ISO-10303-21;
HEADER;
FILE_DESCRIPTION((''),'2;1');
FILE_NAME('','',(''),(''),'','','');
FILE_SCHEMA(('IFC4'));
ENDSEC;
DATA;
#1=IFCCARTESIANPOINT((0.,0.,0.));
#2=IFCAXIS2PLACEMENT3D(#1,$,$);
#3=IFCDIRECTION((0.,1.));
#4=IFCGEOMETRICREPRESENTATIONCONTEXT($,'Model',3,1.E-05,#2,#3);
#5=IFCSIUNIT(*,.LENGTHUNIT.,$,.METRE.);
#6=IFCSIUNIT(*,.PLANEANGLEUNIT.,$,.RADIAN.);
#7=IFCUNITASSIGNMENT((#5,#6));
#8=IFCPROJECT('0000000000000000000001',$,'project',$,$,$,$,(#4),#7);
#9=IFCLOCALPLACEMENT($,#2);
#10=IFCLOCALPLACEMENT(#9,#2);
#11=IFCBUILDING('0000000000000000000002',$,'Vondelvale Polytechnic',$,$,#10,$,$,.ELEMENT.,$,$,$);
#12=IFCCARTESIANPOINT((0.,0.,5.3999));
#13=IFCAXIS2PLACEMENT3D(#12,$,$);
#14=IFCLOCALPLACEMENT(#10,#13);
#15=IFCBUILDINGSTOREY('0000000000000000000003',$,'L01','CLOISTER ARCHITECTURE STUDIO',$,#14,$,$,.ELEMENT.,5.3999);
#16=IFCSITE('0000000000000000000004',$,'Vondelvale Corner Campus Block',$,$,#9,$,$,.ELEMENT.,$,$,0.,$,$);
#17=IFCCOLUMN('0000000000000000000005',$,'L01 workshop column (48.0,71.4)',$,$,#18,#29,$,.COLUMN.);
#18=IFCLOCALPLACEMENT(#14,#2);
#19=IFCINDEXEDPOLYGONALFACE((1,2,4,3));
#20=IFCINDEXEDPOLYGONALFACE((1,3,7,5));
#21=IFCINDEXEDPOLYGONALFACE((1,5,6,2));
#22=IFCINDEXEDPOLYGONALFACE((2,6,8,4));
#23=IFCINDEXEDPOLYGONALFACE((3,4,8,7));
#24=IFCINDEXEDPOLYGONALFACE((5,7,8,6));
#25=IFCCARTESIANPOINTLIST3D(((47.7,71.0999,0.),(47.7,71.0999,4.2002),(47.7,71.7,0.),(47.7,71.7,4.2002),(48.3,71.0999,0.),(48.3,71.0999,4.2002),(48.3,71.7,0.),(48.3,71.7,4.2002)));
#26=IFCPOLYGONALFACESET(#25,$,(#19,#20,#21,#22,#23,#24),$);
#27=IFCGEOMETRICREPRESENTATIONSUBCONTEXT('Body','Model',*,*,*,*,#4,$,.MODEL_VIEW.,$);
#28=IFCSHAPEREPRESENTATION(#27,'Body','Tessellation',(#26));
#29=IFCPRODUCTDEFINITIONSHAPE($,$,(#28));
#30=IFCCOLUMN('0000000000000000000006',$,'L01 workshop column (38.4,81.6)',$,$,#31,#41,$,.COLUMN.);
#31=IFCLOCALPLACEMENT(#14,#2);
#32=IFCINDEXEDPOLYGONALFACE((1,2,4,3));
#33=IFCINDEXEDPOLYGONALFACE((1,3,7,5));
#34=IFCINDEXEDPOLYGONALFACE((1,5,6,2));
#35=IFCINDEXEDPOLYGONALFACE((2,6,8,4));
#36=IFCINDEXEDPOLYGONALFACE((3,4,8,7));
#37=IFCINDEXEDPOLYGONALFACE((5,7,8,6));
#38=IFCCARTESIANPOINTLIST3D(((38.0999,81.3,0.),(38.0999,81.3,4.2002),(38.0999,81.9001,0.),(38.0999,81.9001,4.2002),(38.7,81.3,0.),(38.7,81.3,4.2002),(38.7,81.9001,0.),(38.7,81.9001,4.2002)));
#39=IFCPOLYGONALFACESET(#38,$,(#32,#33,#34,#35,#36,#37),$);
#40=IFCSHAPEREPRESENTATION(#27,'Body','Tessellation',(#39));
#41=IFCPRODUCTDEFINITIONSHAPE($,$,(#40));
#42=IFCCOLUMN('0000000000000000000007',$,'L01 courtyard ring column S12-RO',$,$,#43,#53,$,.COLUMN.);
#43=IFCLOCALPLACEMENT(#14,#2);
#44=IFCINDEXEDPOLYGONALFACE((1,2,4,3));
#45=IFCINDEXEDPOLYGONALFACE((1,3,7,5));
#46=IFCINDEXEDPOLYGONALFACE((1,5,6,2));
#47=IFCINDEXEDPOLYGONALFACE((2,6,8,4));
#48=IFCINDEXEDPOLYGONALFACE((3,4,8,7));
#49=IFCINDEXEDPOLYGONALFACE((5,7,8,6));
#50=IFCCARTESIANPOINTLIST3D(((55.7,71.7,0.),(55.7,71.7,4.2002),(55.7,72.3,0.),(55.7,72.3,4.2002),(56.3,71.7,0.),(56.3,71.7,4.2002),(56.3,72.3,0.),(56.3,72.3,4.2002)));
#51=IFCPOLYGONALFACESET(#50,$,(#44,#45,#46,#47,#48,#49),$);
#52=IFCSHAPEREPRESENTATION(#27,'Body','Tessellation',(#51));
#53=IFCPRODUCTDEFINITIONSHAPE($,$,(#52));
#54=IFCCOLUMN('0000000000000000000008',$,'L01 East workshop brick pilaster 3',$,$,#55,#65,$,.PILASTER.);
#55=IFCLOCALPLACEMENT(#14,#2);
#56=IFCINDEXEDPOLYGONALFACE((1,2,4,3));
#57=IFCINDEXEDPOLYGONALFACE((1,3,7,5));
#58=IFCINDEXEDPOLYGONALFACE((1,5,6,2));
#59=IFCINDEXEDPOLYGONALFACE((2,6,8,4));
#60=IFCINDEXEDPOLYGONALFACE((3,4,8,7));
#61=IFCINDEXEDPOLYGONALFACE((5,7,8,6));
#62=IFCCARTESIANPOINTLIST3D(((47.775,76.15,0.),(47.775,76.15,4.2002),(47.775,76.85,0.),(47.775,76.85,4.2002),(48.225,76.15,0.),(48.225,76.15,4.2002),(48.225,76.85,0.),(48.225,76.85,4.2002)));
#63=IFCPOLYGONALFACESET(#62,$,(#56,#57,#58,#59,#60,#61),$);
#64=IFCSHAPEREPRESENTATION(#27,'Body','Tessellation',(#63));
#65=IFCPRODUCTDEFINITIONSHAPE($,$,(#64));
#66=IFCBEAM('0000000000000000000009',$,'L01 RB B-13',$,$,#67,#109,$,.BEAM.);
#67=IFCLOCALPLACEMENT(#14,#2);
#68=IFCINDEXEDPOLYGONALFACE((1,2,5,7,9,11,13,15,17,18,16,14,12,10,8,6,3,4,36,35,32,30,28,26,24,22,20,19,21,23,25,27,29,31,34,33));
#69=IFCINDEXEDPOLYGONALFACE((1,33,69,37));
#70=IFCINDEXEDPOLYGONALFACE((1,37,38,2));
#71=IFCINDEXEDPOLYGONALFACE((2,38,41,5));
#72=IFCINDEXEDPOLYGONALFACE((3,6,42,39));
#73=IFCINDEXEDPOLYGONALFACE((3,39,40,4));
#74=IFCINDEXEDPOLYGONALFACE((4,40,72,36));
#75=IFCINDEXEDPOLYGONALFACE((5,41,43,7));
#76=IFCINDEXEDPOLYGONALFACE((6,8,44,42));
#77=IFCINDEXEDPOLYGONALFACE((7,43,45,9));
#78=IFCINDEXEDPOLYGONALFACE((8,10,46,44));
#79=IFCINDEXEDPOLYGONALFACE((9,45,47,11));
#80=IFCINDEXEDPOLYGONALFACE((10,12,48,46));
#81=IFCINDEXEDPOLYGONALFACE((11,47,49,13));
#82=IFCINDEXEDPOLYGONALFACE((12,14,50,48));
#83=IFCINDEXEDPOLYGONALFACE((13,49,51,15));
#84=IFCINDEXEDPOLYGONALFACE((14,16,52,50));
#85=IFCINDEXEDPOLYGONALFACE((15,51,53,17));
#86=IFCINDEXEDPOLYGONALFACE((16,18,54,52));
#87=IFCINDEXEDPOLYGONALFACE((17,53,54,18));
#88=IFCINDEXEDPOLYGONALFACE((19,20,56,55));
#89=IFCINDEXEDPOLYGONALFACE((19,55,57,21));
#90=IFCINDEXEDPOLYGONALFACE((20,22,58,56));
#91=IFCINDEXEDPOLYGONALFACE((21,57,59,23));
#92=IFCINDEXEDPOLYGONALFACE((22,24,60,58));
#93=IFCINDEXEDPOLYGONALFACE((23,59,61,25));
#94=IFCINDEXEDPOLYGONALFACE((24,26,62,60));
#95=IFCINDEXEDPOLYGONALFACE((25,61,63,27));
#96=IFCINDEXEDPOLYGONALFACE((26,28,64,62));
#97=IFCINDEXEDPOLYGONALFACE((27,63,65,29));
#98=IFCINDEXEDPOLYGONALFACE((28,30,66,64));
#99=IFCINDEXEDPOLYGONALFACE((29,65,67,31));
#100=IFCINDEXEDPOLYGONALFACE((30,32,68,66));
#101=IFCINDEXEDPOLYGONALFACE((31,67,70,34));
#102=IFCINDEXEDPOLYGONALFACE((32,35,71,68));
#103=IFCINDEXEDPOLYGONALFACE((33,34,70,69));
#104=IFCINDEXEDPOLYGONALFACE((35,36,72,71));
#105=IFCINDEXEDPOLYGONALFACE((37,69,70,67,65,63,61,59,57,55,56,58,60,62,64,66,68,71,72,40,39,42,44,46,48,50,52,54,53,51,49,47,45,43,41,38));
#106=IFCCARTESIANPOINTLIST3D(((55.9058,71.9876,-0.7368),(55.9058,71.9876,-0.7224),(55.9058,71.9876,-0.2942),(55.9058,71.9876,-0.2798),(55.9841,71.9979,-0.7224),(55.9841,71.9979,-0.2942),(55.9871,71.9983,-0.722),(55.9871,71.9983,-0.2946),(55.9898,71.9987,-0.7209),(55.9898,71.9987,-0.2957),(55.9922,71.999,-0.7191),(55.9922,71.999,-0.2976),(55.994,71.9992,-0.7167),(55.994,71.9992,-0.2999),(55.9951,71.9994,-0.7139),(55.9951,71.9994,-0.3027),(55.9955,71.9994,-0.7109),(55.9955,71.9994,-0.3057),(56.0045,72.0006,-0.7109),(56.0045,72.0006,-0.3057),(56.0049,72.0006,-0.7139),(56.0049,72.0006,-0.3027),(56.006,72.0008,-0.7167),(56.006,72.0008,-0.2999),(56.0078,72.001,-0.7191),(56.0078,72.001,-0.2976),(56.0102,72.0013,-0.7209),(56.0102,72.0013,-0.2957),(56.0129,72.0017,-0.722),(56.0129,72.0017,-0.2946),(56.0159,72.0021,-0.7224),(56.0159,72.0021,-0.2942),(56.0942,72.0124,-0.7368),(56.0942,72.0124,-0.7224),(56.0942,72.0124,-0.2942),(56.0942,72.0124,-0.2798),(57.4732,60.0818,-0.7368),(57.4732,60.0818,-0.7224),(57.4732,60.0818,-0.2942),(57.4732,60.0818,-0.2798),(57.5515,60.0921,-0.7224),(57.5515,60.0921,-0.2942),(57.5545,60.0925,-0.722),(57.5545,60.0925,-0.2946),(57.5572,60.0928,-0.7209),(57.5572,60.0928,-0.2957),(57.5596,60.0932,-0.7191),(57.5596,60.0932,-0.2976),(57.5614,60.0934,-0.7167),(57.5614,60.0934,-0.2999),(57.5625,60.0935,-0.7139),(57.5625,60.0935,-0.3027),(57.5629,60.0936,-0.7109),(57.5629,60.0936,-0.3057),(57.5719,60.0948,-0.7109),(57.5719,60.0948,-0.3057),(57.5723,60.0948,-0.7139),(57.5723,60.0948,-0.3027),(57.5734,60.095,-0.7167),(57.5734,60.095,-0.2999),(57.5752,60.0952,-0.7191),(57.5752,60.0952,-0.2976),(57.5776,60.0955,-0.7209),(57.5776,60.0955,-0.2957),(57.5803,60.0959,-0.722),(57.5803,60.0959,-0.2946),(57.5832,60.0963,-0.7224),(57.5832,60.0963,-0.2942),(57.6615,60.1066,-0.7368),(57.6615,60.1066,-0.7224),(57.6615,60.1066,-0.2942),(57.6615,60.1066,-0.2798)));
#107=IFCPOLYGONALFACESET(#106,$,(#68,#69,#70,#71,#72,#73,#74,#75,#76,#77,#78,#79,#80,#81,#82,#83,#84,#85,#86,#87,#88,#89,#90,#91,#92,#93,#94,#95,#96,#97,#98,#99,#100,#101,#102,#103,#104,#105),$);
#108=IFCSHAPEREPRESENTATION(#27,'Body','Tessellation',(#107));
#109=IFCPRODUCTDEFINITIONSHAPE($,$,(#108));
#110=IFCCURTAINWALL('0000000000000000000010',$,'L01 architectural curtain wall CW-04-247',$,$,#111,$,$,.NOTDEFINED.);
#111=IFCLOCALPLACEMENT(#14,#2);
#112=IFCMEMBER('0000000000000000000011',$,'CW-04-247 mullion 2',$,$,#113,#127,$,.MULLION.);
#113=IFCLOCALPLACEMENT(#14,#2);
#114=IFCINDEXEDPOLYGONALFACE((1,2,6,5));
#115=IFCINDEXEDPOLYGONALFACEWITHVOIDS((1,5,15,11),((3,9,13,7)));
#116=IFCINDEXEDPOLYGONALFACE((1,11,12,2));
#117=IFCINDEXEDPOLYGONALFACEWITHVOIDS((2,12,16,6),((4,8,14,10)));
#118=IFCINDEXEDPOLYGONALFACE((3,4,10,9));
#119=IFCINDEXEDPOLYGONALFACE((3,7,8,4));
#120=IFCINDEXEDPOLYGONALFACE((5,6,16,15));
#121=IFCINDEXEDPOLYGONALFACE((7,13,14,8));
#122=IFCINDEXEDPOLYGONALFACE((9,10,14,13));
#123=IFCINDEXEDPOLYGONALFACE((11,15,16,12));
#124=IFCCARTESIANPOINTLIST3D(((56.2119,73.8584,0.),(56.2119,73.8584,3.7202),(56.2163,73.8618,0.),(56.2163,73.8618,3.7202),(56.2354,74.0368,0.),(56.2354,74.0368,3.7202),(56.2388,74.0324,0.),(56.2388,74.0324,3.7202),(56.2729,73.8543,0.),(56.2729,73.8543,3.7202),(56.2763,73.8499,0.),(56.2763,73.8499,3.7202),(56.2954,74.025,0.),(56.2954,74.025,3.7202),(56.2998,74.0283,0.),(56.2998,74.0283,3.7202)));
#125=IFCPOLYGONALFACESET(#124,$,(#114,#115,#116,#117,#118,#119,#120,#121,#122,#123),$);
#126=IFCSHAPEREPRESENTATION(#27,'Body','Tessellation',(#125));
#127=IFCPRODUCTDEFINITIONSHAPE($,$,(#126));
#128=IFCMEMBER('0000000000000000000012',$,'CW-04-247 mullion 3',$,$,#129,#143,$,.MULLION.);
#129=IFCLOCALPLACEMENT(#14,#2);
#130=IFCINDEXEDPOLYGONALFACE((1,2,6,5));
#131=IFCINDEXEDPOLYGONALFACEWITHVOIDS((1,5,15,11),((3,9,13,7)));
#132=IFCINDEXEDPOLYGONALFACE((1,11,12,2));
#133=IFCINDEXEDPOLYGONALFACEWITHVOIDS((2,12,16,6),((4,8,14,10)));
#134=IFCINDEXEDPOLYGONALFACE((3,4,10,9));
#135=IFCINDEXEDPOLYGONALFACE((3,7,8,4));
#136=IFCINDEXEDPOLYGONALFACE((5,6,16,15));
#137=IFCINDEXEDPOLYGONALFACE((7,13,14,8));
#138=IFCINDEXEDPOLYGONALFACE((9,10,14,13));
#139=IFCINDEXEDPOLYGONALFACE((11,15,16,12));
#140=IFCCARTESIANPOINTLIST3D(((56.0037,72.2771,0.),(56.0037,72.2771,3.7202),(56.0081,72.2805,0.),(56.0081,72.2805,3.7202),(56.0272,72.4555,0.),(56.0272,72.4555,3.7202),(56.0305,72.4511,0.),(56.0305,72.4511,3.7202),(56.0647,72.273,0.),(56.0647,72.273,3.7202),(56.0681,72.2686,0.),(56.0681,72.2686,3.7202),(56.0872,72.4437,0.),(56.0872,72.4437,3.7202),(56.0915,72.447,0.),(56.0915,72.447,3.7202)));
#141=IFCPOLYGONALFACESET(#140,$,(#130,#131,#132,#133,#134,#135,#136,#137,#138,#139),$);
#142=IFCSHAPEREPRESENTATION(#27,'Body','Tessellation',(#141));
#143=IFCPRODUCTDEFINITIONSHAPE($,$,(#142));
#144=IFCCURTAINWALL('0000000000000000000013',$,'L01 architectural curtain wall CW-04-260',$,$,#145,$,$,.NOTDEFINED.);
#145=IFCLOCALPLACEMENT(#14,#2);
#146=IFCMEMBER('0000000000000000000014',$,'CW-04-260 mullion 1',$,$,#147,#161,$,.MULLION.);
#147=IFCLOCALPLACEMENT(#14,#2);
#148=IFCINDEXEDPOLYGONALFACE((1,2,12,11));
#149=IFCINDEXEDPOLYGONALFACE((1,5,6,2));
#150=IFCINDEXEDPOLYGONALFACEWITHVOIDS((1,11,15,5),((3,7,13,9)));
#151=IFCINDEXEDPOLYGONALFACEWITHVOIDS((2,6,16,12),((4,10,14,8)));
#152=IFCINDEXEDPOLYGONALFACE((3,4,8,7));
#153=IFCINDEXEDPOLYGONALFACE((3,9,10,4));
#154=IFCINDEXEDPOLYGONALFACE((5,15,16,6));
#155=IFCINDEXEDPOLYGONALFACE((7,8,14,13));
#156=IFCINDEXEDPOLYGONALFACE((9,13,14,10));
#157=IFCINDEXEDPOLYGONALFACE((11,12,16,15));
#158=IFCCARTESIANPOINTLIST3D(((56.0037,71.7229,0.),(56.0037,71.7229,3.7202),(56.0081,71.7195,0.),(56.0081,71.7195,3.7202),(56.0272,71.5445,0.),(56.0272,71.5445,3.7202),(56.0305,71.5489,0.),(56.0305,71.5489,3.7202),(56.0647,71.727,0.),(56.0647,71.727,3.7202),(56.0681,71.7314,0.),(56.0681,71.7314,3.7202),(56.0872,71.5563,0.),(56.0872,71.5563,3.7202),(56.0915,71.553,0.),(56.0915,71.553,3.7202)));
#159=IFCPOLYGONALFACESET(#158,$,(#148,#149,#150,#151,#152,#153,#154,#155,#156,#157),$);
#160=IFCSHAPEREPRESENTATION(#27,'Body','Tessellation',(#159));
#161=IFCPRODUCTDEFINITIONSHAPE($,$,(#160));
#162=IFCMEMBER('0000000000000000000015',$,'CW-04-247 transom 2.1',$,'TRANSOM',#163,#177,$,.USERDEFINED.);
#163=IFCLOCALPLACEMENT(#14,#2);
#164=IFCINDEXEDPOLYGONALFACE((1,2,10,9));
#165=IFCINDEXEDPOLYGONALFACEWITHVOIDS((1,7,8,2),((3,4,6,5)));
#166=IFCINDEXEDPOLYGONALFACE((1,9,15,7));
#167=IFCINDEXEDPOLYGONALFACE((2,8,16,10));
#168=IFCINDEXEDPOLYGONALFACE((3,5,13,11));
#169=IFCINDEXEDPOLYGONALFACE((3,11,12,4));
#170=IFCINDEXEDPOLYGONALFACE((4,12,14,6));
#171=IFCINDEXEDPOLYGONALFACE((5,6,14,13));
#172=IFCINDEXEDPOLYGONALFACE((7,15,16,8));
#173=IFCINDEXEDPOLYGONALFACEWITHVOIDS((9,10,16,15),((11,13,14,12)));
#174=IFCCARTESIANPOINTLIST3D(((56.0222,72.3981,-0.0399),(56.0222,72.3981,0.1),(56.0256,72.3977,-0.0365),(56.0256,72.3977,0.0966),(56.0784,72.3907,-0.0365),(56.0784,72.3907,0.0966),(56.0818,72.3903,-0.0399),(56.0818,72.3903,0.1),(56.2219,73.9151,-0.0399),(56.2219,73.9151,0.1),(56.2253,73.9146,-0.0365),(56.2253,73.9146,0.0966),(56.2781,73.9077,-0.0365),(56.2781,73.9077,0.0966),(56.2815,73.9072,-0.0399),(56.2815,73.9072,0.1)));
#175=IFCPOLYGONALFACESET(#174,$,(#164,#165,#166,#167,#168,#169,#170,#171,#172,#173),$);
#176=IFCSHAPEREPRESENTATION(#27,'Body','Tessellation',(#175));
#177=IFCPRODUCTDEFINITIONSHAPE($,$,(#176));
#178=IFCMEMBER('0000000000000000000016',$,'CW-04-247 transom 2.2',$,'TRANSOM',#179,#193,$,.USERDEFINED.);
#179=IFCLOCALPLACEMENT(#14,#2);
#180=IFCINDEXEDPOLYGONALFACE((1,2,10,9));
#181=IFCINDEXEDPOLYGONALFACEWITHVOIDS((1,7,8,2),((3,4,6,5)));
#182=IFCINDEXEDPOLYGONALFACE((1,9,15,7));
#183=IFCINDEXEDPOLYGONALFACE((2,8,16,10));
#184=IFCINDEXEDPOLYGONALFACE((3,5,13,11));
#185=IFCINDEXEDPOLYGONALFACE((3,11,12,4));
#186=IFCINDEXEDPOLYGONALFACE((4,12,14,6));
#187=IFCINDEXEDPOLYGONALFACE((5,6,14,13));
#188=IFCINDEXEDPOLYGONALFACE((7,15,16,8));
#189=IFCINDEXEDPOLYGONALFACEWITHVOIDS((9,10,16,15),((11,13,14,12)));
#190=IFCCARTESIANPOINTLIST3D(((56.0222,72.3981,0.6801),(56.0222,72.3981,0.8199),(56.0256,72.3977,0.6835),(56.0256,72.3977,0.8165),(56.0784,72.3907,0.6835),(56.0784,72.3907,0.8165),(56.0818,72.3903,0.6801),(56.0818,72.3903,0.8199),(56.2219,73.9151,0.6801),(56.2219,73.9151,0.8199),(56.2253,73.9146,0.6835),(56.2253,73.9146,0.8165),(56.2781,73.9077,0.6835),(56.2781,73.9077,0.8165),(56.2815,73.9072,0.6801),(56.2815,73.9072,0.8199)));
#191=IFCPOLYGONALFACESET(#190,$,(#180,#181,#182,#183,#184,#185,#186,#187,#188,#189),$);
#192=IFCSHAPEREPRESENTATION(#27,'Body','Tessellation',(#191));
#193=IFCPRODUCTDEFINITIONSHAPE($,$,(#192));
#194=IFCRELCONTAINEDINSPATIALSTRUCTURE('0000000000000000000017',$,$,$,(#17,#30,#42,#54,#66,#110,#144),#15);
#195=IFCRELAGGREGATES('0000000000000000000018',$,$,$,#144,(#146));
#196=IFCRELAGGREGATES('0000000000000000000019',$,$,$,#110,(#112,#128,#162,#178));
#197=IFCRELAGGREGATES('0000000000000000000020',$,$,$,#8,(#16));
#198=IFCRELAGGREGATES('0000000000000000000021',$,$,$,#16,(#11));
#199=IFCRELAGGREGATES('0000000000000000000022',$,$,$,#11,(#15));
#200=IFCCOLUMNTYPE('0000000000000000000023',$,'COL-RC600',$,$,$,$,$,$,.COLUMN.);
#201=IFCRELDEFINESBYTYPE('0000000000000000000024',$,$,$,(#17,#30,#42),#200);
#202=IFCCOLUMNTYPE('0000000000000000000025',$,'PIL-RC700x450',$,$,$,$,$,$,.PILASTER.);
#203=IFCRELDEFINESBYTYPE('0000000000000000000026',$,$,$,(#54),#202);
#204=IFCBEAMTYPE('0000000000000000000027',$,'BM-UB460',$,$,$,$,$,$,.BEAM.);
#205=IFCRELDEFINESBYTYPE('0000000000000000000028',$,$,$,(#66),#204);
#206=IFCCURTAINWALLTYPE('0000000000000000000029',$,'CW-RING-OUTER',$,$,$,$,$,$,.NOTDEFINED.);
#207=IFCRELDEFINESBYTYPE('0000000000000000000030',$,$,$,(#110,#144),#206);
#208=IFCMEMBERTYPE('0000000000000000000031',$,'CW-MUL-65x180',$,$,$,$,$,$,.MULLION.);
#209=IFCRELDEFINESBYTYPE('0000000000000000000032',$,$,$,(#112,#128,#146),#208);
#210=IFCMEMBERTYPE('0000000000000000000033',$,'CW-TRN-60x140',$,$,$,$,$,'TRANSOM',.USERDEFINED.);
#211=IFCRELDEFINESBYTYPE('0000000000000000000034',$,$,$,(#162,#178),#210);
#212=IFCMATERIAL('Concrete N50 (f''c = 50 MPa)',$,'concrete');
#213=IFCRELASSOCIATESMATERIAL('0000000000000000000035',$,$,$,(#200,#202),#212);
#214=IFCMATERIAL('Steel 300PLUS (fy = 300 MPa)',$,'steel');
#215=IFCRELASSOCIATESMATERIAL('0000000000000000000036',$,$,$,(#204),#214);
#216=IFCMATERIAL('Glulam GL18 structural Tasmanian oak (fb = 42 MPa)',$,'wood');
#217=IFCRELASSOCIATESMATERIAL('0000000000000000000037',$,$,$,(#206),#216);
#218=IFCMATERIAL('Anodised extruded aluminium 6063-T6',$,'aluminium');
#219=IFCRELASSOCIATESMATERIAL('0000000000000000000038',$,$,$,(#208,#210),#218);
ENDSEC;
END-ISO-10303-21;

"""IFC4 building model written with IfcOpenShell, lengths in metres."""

from ifc_helpers import new_model, si_unit, direction, frame, origin, origin_2d, place, context, subcontext, project, spatial, rectangle, hollow_rectangle, i_section, extrude, material, material_profile, profile_set, type_object, element, aggregate, save


model = new_model("IFC4")

# Units and contexts
model_context = context("Model", 3, precision=1e-05, world=origin(), true_north=direction((0.0, 1.0)))
body_context = subcontext(model_context, "Body", "Model", "MODEL_VIEW")
ifc_project = project(units=[si_unit("LENGTHUNIT", "METRE"), si_unit("PLANEANGLEUNIT", "RADIAN")], contexts=[model_context])

# Site, building, storey
site_placement = place(None, origin())
site = spatial("IfcSite", under=ifc_project, at=site_placement, Name="Vondelvale Corner Campus Block", CompositionType="ELEMENT", RefElevation=0.0)
building_placement = place(site_placement, origin())
building = spatial("IfcBuilding", under=site, at=building_placement, Name="Vondelvale Polytechnic", CompositionType="ELEMENT")
storey_placement = place(building_placement, frame((0.0, 0.0, 5.3999)))
storey = spatial("IfcBuildingStorey", under=building, at=storey_placement, Name="L01", Description="CLOISTER ARCHITECTURE STUDIO", CompositionType="ELEMENT", Elevation=5.3999)

# Columns
ifc_material_1 = material(Name="Concrete N50 (f'c = 50 MPa)", Category="concrete")
ifc_material_profile_1 = material_profile(ifc_material_1, rectangle(XDim=0.6001, YDim=0.6001, at=origin_2d()), Name="RC-COL-600x600")
ifc_profile_set_1 = profile_set([ifc_material_profile_1], Name="Concrete N50 (f'c = 50 MPa)")
column_type_1 = type_object("IfcColumnType", Name="COL-RC600", PredefinedType="COLUMN", material=ifc_profile_set_1)
for number, where, z_axis, x_axis, name in (
    (1, (48.0, 71.3999, 0.0), (0.0, 0.0, 1.0), (1.0, 0.0, 0.0), "L01 workshop column (48.0,71.4)"),
    (2, (38.3999, 81.6001, 0.0), (0.0, 0.0, 1.0), (1.0, 0.0, 0.0), "L01 workshop column (38.4,81.6)"),
    (3, (56.0, 72.0, 0.0), (0.0, 0.0, 1.0), (1.0, 0.0, 0.0), "L01 courtyard ring column S12-RO"),
):
    element("IfcColumn", number, at=place(storey_placement, frame(where, z_axis=z_axis, x_axis=x_axis)), inside=storey, type_object=column_type_1, Name=name, PredefinedType="COLUMN", context=body_context, shape_type="SweptSolid", body=[
        extrude(rectangle(XDim=0.6001, YDim=0.6001, at=origin_2d()), origin(), (0.0, 0.0, 1.0), 4.2002),
    ])
ifc_material_profile_2 = material_profile(ifc_material_1, rectangle(XDim=0.45, YDim=0.7, at=origin_2d()), Name="RC-PIL-700x450")
ifc_profile_set_2 = profile_set([ifc_material_profile_2], Name="Concrete N50 (f'c = 50 MPa)")
column_type_2 = type_object("IfcColumnType", Name="PIL-RC700x450", PredefinedType="PILASTER", material=ifc_profile_set_2)
column_placement = place(storey_placement, frame((48.0, 76.5, 0.0), z_axis=(0.0, 0.0, 1.0), x_axis=(1.0, 0.0, 0.0)))
element("IfcColumn", 4, at=column_placement, inside=storey, type_object=column_type_2, Name="L01 East workshop brick pilaster 3", PredefinedType="PILASTER", context=body_context, shape_type="SweptSolid", body=[
    extrude(rectangle(XDim=0.45, YDim=0.7, at=origin_2d()), origin(), (0.0, 0.0, 1.0), 4.2002),
])

# Beam
ifc_material_2 = material(Name="Steel 300PLUS (fy = 300 MPa)", Category="steel")
ifc_material_profile_3 = material_profile(ifc_material_2, i_section(OverallWidth=0.1899, OverallDepth=0.457, WebThickness=0.009, FlangeThickness=0.0144, FilletRadius=0.0115, at=origin_2d()), Name="460UB74.6")
ifc_profile_set_3 = profile_set([ifc_material_profile_3], Name="Steel 300PLUS (fy = 300 MPa)")
beam_type_1 = type_object("IfcBeamType", Name="BM-UB460", PredefinedType="BEAM", material=ifc_profile_set_3)
beam_1_placement = place(storey_placement, frame((56.0, 72.0, -0.5083), z_axis=(0.130523, -0.991445, 0.0), x_axis=(0.991445, 0.130523, 0.0)))
element("IfcBeam", 5, at=beam_1_placement, inside=storey, type_object=beam_type_1, Name="L01 RB B-13", PredefinedType="BEAM", context=body_context, shape_type="SweptSolid", body=[
    extrude(i_section(OverallWidth=0.1899, OverallDepth=0.457, WebThickness=0.009, FlangeThickness=0.0144, FilletRadius=0.0115, at=origin_2d()), origin(), (0.0, 0.0, 1.0), 12.0085),
])

# Curtain wall, members
ifc_material_3 = material(Name="Glulam GL18 structural Tasmanian oak (fb = 42 MPa)", Category="wood")
curtain_wall_type = type_object("IfcCurtainWallType", Name="CW-RING-OUTER", PredefinedType="NOTDEFINED", material=ifc_material_3)
curtain_wall_1_placement = place(storey_placement, origin())
curtain_wall_1 = element("IfcCurtainWall", 6, at=curtain_wall_1_placement, inside=storey, type_object=curtain_wall_type, Name="L01 architectural curtain wall CW-04-247", PredefinedType="NOTDEFINED")
ifc_material_4 = material(Name="Anodised extruded aluminium 6063-T6", Category="aluminium")
ifc_material_profile_4 = material_profile(ifc_material_4, hollow_rectangle(XDim=0.0649, YDim=0.1799, WallThickness=0.0039, at=origin_2d()), Name="CW-MUL-180x65")
ifc_profile_set_4 = profile_set([ifc_material_profile_4], Name="Anodised extruded aluminium 6063-T6")
member_type_1 = type_object("IfcMemberType", Name="CW-MUL-65x180", PredefinedType="MULLION", material=ifc_profile_set_4)
member_1_placement = place(storey_placement, frame((56.2559, 73.9434, 0.0), z_axis=(0.0, 0.0, 1.0), x_axis=(0.991443, -0.13054, 0.0)))
member_1 = element("IfcMember", 7, at=member_1_placement, type_object=member_type_1, Name="CW-04-247 mullion 2", PredefinedType="MULLION", context=body_context, shape_type="SweptSolid", body=[
    extrude(hollow_rectangle(XDim=0.0649, YDim=0.1799, WallThickness=0.0039, at=origin_2d()), origin(), (0.0, 0.0, 1.0), 3.7202),
])
member_2_placement = place(storey_placement, frame((56.0476, 72.3621, 0.0), z_axis=(0.0, 0.0, 1.0), x_axis=(0.991443, -0.13054, 0.0)))
member_2 = element("IfcMember", 8, at=member_2_placement, type_object=member_type_1, Name="CW-04-247 mullion 3", PredefinedType="MULLION", context=body_context, shape_type="SweptSolid", body=[
    extrude(hollow_rectangle(XDim=0.0649, YDim=0.1799, WallThickness=0.0039, at=origin_2d()), origin(), (0.0, 0.0, 1.0), 3.7202),
])

# Curtain wall, member
curtain_wall_2_placement = place(storey_placement, origin())
curtain_wall_2 = element("IfcCurtainWall", 9, at=curtain_wall_2_placement, inside=storey, type_object=curtain_wall_type, Name="L01 architectural curtain wall CW-04-260", PredefinedType="NOTDEFINED")
member_3_placement = place(storey_placement, frame((56.0476, 71.6379, 0.0), z_axis=(0.0, 0.0, 1.0), x_axis=(0.991443, 0.13054, 0.0)))
member_3 = element("IfcMember", 10, at=member_3_placement, type_object=member_type_1, Name="CW-04-260 mullion 1", PredefinedType="MULLION", context=body_context, shape_type="SweptSolid", body=[
    extrude(hollow_rectangle(XDim=0.0649, YDim=0.1799, WallThickness=0.0039, at=origin_2d()), origin(), (0.0, 0.0, 1.0), 3.7202),
])

# Members
ifc_material_profile_5 = material_profile(ifc_material_4, hollow_rectangle(XDim=0.0601, YDim=0.1399, WallThickness=0.0034, at=origin_2d()), Name="CW-TRN-140x60")
ifc_profile_set_5 = profile_set([ifc_material_profile_5], Name="Anodised extruded aluminium 6063-T6")
member_type_2 = type_object("IfcMemberType", Name="CW-TRN-60x140", ElementType="TRANSOM", PredefinedType="USERDEFINED", material=ifc_profile_set_5)
member_4_placement = place(storey_placement, frame((56.2517, 73.9111, 0.03), z_axis=(-0.130533, -0.991444, 0.0), x_axis=(0.991444, -0.130533, 0.0)))
member_4 = element("IfcMember", 11, at=member_4_placement, type_object=member_type_2, Name="CW-04-247 transom 2.1", ObjectType="TRANSOM", PredefinedType="USERDEFINED", context=body_context, shape_type="SweptSolid", body=[
    extrude(hollow_rectangle(XDim=0.0601, YDim=0.1399, WallThickness=0.0034, at=origin_2d()), origin(), (0.0, 0.0, 1.0), 1.53),
])
member_5_placement = place(storey_placement, frame((56.2517, 73.9111, 0.75), z_axis=(-0.130533, -0.991444, 0.0), x_axis=(0.991444, -0.130533, 0.0)))
member_5 = element("IfcMember", 12, at=member_5_placement, type_object=member_type_2, Name="CW-04-247 transom 2.2", ObjectType="TRANSOM", PredefinedType="USERDEFINED", context=body_context, shape_type="SweptSolid", body=[
    extrude(hollow_rectangle(XDim=0.0601, YDim=0.1399, WallThickness=0.0034, at=origin_2d()), origin(), (0.0, 0.0, 1.0), 1.53),
])
aggregate(curtain_wall_2, [member_3])

aggregate(curtain_wall_1, [member_1, member_2, member_4, member_5])

save(model, "model.ifc")
